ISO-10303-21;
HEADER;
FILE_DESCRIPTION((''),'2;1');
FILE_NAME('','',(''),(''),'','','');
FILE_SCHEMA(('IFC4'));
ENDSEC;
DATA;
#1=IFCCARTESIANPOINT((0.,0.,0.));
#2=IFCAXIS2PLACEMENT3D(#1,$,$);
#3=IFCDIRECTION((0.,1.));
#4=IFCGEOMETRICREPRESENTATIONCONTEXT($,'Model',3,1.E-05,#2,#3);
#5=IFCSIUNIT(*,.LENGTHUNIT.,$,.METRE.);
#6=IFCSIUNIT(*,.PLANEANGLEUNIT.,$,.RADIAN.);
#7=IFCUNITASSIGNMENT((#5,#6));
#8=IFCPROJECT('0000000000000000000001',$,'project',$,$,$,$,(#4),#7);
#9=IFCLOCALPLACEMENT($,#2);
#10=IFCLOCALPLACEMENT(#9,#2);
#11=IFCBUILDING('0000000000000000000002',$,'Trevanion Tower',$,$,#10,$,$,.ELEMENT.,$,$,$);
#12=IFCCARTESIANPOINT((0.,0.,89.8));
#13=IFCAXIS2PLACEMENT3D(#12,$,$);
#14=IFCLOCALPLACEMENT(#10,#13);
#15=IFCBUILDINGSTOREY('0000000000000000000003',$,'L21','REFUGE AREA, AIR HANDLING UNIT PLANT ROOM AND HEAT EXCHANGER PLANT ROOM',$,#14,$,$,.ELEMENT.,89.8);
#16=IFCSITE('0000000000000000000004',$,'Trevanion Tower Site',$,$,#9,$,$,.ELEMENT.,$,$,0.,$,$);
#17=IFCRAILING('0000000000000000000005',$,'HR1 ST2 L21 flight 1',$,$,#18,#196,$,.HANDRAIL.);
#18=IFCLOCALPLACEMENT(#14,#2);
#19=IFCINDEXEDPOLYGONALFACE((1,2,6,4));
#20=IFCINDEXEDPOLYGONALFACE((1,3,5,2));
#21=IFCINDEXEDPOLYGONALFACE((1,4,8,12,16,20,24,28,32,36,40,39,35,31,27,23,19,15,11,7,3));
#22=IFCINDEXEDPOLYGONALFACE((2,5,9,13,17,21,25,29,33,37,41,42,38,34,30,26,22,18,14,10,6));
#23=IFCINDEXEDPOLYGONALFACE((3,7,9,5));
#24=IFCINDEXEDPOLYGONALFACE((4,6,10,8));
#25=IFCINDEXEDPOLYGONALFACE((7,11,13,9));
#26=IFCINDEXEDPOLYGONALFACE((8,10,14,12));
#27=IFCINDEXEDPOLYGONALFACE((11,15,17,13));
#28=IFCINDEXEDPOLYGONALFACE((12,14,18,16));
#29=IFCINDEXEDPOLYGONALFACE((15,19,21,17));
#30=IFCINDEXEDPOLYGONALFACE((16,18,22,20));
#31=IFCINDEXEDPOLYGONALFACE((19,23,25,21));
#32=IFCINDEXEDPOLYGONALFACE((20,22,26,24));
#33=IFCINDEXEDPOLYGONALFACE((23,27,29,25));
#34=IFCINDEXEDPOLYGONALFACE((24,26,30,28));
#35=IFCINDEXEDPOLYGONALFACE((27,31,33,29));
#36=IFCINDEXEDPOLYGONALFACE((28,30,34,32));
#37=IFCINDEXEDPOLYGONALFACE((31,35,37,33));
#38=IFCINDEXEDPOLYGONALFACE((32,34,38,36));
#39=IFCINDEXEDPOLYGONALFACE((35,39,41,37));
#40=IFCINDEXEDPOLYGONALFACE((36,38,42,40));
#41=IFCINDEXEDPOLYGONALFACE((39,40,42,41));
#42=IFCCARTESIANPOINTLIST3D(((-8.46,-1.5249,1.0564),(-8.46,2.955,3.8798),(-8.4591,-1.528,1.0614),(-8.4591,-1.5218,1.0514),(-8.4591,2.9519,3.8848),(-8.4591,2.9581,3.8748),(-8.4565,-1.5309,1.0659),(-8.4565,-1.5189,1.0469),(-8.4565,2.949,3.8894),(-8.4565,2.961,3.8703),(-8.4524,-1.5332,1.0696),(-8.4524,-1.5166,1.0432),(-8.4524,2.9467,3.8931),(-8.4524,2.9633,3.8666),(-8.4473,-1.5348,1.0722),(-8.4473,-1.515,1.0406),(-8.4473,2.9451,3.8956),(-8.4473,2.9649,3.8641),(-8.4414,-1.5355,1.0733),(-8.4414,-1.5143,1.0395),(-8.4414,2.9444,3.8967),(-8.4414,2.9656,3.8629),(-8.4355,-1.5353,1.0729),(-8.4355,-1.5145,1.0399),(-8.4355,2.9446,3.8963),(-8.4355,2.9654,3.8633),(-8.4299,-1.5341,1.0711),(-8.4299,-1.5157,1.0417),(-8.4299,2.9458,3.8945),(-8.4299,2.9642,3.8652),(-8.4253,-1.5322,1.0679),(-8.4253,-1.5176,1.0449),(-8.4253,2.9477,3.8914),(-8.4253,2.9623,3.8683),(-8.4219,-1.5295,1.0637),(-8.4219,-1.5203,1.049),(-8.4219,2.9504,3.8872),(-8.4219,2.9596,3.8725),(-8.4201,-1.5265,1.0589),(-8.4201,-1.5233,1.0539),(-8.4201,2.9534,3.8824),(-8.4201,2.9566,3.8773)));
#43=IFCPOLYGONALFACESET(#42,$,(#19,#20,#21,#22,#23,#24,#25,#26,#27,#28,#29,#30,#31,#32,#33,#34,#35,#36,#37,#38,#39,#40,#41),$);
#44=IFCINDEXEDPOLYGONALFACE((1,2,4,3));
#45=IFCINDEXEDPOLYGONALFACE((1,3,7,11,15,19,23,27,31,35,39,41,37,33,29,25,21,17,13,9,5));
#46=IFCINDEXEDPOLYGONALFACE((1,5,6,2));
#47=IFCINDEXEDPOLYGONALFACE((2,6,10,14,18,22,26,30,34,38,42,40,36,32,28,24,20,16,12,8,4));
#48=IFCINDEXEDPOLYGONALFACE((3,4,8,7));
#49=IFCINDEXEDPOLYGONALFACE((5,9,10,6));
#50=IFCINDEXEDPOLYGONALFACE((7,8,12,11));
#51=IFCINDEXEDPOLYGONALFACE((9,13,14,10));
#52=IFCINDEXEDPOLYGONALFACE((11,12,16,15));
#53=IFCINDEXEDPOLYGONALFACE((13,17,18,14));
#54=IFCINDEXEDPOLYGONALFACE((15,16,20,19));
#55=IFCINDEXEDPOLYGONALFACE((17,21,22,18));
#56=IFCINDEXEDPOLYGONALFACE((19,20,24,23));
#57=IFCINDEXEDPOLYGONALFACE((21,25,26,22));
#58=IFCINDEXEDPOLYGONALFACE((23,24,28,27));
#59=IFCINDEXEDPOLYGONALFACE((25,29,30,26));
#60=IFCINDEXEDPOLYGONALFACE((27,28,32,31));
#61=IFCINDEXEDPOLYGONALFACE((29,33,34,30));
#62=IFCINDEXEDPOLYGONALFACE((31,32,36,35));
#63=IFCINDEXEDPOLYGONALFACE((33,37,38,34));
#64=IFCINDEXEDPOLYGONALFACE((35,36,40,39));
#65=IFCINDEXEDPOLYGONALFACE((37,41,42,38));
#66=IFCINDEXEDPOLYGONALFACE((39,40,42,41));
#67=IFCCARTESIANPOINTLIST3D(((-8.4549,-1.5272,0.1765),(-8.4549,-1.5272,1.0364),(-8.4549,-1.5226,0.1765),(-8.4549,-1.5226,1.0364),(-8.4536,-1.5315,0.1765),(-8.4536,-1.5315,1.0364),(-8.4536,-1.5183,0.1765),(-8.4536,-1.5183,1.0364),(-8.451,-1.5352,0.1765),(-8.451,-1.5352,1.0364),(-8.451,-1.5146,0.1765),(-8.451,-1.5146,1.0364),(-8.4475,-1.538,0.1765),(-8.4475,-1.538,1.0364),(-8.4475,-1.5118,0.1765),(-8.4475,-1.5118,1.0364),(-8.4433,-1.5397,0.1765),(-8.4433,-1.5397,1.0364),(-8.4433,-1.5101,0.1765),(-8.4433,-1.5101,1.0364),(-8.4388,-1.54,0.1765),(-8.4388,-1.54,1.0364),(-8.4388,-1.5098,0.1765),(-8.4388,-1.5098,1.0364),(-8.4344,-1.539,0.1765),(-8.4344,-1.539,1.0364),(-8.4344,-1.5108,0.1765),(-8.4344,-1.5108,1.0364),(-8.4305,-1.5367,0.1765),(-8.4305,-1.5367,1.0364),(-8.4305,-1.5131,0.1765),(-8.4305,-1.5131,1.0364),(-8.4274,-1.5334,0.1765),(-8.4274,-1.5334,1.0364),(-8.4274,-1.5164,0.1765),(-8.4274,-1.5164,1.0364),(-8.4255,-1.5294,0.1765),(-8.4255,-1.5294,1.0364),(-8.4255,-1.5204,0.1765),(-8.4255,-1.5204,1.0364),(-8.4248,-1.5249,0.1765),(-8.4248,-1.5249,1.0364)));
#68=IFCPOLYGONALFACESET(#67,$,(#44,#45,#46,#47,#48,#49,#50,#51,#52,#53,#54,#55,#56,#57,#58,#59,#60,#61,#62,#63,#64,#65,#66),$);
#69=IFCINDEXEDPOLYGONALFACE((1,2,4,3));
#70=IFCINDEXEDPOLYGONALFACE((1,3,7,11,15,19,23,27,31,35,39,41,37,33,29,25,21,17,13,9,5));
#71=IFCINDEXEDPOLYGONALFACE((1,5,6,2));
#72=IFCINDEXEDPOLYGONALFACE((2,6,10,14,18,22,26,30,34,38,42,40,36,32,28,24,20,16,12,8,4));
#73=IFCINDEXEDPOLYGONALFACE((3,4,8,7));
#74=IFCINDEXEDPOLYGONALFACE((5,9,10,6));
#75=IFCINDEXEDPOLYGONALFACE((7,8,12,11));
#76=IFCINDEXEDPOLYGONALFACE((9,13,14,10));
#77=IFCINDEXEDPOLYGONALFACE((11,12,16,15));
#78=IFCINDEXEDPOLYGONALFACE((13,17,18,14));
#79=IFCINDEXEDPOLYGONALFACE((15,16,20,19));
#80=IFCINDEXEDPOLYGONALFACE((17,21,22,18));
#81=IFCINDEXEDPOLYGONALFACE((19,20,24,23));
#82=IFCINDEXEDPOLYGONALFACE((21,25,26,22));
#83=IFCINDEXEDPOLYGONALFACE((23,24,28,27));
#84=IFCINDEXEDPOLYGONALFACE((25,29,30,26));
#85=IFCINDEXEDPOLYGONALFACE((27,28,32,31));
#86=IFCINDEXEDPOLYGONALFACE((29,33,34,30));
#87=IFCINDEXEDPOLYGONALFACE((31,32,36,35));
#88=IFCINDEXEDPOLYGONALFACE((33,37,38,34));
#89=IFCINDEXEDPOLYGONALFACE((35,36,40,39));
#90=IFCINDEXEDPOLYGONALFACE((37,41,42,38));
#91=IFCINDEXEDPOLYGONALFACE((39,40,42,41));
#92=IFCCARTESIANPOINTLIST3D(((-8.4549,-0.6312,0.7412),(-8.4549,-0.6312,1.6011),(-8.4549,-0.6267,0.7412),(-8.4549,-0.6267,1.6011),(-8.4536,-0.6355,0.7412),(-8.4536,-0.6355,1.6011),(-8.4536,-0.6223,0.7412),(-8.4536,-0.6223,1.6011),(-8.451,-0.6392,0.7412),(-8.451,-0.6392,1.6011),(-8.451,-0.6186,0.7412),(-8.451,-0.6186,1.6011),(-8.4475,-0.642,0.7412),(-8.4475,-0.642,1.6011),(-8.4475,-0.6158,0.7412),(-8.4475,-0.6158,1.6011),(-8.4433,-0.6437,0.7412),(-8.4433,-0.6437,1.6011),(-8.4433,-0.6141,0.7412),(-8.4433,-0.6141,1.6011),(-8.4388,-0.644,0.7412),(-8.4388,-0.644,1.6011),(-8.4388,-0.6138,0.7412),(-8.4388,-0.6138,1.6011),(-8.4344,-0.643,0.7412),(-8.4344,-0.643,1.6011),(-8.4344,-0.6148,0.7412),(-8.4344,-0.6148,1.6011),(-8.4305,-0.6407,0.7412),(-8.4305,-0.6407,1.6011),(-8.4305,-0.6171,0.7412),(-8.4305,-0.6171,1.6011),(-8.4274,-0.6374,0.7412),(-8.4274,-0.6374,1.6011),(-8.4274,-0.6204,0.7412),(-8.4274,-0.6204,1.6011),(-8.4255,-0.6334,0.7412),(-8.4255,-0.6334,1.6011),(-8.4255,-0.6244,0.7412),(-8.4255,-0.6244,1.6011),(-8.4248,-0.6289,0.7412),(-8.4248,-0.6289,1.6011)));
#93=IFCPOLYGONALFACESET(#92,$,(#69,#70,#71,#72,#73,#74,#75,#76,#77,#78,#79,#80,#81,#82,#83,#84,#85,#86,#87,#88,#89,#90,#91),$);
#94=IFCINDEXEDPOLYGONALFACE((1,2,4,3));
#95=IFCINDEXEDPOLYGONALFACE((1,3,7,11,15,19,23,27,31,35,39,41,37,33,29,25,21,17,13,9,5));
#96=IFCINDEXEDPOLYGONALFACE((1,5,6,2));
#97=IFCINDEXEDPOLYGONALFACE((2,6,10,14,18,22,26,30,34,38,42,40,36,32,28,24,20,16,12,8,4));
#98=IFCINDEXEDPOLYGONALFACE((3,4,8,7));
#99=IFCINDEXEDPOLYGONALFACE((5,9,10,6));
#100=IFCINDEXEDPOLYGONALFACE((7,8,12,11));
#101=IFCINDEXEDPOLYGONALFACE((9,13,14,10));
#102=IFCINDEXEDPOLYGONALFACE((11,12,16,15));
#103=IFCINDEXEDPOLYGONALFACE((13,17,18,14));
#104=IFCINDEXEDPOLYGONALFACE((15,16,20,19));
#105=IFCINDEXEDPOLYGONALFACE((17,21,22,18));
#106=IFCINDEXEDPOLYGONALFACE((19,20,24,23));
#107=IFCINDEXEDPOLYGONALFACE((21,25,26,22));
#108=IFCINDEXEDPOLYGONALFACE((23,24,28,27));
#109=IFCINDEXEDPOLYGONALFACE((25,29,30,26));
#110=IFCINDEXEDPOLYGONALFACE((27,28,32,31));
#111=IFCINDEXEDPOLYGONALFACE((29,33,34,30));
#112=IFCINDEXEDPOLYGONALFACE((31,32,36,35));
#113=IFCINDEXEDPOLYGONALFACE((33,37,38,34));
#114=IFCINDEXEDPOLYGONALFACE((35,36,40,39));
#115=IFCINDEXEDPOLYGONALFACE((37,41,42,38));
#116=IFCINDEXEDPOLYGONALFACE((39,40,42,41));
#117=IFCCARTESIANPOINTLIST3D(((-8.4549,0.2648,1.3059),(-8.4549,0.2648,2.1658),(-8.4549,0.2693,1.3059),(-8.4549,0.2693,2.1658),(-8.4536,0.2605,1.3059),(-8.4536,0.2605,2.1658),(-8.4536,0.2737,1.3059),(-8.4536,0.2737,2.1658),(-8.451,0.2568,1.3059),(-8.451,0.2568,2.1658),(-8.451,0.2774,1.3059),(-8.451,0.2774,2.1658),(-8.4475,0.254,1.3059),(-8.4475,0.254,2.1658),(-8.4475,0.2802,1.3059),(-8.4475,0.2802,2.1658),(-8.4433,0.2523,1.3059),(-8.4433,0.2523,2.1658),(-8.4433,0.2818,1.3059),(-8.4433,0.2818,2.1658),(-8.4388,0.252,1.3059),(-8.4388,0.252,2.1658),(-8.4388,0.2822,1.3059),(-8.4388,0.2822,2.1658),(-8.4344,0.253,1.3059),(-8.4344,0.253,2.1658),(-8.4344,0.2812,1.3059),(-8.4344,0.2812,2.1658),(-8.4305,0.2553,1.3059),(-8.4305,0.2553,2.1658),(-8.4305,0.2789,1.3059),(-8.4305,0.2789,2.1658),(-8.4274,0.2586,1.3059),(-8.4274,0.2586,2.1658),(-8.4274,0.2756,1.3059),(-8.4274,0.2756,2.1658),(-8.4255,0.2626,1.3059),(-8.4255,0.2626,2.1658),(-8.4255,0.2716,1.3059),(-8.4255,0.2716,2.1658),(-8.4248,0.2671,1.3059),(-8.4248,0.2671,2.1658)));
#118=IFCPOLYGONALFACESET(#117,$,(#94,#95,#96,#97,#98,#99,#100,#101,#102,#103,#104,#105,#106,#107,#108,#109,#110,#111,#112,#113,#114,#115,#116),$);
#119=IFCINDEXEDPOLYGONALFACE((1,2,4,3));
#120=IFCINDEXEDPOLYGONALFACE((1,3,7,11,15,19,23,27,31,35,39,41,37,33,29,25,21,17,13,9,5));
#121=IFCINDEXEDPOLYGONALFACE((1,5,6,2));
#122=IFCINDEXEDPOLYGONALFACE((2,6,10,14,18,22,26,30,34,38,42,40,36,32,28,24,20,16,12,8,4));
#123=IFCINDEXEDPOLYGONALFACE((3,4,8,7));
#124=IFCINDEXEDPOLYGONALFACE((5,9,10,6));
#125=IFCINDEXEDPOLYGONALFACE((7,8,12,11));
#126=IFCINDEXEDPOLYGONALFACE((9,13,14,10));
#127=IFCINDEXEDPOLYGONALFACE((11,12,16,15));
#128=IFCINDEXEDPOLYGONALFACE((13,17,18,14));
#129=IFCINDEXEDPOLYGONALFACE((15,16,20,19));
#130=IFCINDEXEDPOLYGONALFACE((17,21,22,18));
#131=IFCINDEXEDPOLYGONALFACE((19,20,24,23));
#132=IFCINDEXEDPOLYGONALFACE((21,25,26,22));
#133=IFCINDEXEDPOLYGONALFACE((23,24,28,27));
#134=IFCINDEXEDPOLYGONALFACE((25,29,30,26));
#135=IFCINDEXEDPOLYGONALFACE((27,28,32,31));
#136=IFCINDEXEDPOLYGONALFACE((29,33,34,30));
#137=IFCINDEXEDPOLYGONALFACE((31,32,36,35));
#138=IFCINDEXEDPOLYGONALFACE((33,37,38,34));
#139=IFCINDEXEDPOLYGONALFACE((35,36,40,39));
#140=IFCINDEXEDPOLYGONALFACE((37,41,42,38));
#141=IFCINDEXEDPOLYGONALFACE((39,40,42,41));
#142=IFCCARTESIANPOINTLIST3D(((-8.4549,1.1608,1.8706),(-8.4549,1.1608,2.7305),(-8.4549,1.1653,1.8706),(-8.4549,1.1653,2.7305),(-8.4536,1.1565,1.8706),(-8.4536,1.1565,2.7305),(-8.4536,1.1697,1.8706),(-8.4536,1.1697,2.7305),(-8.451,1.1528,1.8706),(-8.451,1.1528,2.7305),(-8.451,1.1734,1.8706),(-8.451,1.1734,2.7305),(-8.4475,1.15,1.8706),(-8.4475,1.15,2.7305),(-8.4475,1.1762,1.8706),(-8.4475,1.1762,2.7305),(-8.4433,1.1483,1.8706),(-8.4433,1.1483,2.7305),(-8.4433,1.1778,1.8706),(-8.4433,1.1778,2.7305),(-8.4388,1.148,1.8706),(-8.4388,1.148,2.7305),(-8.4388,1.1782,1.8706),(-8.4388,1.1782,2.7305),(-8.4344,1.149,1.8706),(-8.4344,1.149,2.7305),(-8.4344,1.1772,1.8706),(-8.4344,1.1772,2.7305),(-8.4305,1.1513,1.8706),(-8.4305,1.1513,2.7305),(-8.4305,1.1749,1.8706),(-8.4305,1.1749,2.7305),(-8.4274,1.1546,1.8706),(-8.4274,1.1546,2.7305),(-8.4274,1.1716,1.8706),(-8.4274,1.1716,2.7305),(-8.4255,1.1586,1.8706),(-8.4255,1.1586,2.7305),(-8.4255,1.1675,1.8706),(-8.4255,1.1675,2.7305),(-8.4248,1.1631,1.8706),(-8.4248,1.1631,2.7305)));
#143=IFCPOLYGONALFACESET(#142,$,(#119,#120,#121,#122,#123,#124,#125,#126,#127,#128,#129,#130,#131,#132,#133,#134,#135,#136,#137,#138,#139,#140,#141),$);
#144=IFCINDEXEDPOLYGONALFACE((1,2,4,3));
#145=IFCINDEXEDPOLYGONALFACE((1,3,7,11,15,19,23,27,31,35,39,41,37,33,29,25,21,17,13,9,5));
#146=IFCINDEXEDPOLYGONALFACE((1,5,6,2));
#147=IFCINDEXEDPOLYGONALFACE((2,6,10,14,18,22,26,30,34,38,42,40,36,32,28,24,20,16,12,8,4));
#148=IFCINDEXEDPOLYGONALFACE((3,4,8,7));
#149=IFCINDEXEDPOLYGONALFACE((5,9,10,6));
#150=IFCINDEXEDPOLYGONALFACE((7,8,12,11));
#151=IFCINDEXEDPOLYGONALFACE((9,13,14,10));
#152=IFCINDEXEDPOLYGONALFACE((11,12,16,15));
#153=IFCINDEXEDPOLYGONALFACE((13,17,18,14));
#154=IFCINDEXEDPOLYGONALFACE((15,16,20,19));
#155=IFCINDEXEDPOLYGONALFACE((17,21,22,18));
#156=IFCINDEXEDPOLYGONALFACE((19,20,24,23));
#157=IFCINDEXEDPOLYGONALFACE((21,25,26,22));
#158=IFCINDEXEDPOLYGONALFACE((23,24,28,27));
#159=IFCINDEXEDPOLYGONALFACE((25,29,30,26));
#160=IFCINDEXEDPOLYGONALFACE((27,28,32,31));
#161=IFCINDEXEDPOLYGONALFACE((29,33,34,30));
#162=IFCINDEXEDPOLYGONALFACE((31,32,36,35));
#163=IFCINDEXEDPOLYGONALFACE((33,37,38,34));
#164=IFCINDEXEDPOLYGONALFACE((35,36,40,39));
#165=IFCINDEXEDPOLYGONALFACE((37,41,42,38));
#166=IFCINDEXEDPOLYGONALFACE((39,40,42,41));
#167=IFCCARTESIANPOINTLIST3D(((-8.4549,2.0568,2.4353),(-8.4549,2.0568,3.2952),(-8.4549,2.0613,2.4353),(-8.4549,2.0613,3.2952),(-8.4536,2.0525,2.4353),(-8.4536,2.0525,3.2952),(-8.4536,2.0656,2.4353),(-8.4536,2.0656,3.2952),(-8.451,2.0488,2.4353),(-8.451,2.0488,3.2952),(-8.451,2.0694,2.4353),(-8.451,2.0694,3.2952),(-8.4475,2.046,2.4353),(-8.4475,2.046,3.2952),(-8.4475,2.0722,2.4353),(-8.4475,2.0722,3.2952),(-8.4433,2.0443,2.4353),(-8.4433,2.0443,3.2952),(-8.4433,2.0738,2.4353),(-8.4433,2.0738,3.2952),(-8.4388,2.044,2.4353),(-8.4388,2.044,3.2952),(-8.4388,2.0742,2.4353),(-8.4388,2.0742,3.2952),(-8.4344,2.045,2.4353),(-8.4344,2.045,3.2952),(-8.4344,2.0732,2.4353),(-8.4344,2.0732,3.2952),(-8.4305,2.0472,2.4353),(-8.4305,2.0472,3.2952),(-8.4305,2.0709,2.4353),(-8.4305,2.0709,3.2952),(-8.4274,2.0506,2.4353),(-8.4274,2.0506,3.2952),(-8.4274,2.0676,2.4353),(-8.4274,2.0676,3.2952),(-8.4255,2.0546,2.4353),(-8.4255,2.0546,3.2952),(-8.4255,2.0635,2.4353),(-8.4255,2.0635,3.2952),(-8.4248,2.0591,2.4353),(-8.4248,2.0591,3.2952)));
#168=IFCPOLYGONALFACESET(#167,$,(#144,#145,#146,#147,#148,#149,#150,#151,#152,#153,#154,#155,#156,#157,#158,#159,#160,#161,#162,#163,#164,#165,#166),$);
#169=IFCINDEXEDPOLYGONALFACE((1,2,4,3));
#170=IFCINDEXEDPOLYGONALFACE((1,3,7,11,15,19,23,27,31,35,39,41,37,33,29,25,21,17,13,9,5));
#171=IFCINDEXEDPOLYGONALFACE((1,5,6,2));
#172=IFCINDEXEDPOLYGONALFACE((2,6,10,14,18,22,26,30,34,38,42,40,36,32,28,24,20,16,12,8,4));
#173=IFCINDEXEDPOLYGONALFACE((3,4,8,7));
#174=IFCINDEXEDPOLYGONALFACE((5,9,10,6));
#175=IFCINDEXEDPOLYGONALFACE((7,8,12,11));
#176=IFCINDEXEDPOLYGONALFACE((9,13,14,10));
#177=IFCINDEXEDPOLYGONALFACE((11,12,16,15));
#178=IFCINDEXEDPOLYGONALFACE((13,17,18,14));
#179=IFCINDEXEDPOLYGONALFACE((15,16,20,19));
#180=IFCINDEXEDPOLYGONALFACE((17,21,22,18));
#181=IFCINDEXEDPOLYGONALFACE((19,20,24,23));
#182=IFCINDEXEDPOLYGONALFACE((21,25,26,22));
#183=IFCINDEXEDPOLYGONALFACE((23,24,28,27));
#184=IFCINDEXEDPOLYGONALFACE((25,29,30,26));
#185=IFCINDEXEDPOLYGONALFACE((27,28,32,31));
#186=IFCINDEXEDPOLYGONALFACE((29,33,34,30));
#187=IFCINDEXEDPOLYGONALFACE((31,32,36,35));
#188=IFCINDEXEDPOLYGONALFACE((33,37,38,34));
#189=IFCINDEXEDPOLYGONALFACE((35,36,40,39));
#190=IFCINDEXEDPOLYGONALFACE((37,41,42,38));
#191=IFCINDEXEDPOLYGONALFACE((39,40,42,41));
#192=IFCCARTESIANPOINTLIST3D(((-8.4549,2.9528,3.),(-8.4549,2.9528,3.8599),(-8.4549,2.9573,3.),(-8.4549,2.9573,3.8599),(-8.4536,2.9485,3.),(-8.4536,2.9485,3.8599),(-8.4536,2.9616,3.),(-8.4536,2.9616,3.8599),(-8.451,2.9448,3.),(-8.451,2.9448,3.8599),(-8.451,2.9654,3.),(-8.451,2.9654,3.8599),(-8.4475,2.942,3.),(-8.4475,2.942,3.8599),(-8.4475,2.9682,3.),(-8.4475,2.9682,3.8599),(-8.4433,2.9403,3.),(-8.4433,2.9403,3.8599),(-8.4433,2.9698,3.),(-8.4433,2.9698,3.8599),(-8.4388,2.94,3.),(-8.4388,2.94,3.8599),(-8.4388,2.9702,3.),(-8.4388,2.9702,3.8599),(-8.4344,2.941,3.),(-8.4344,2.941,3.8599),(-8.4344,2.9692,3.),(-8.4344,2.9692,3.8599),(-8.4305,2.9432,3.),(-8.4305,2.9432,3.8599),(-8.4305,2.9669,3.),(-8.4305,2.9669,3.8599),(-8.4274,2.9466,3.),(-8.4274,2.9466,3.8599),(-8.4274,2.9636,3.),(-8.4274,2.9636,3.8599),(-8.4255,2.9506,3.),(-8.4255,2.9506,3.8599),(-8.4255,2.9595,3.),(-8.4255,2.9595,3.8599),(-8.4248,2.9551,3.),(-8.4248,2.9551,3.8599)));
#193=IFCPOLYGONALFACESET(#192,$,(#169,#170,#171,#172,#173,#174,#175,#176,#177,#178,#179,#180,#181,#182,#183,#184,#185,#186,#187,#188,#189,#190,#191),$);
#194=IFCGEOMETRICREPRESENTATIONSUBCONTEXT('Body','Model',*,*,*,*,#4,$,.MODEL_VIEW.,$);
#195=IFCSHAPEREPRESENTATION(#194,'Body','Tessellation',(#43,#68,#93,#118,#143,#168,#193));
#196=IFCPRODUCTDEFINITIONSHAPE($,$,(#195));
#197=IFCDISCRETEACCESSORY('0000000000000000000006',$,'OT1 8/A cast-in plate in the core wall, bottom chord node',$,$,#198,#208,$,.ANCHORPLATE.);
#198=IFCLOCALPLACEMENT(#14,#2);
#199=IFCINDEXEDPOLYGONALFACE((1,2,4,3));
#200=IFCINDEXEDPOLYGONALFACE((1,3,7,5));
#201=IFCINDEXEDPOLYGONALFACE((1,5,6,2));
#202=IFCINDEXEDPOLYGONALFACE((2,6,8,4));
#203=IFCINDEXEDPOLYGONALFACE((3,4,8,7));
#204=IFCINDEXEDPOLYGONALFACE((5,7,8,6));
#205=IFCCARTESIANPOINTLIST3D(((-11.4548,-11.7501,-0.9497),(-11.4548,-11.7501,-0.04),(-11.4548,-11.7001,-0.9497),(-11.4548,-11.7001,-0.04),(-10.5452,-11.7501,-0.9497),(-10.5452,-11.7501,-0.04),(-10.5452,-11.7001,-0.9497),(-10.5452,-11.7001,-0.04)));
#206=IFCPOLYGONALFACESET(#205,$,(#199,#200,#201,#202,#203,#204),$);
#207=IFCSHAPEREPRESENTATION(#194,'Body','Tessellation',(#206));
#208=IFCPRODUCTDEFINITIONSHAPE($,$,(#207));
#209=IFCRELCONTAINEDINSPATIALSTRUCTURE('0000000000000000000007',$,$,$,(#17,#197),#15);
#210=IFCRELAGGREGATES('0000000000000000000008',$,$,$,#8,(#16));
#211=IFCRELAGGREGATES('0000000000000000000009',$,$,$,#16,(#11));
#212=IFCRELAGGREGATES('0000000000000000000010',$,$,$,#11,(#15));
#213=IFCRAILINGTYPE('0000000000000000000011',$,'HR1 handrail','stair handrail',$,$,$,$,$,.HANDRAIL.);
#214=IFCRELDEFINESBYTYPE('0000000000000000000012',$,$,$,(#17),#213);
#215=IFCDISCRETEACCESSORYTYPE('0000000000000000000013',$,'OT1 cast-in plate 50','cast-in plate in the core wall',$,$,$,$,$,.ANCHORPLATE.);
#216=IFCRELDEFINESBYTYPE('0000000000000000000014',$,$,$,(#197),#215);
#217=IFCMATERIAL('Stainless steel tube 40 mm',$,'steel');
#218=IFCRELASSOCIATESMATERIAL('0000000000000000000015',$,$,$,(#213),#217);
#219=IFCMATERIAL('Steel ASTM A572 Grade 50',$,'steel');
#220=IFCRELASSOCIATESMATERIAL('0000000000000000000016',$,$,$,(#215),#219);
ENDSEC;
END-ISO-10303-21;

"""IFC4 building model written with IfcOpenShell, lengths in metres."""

from ifc_helpers import new_model, si_unit, direction, frame, origin, origin_2d, place, context, subcontext, project, spatial, rectangle, circle, extrude, material, type_object, element, save


model = new_model("IFC4")

# Units and contexts
model_context = context("Model", 3, precision=1e-05, world=origin(), true_north=direction((0.0, 1.0)))
body_context = subcontext(model_context, "Body", "Model", "MODEL_VIEW")
ifc_project = project(units=[si_unit("LENGTHUNIT", "METRE"), si_unit("PLANEANGLEUNIT", "RADIAN")], contexts=[model_context])

# Site, building, storey
site_placement = place(None, origin())
site = spatial("IfcSite", under=ifc_project, at=site_placement, Name="Trevanion Tower Site", CompositionType="ELEMENT", RefElevation=0.0)
building_placement = place(site_placement, origin())
building = spatial("IfcBuilding", under=site, at=building_placement, Name="Trevanion Tower", CompositionType="ELEMENT")
storey_placement = place(building_placement, frame((0.0, 0.0, 89.8)))
storey = spatial("IfcBuildingStorey", under=building, at=storey_placement, Name="L21", Description="REFUGE AREA, AIR HANDLING UNIT PLANT ROOM AND HEAT EXCHANGER PLANT ROOM", CompositionType="ELEMENT", Elevation=89.8)

# Railing
ifc_material_1 = material(Name="Stainless steel tube 40 mm", Category="steel")
railing_type = type_object("IfcRailingType", Name="HR1 handrail", Description="stair handrail", PredefinedType="HANDRAIL", material=ifc_material_1)
railing_placement = place(storey_placement, frame((-8.4399, -1.5249, 0.1765)))
element("IfcRailing", 1, at=railing_placement, inside=storey, type_object=railing_type, Name="HR1 ST2 L21 flight 1", PredefinedType="HANDRAIL", context=body_context, shape_type="SweptSolid", body=[
    extrude(circle(Radius=0.02, at=origin_2d()), frame((0.0, 0.0, 0.8799), z_axis=(0.0, 0.845998, 0.533186), x_axis=(-1.0, 0.0, 0.0)), (0.0, 0.0, 1.0), 5.2954),
    extrude(circle(Radius=0.0151, at=origin_2d()), origin(), (0.0, 0.0, 1.0), 0.8599),
    extrude(circle(Radius=0.0151, at=origin_2d()), frame((0.0, 0.896, 0.5647)), (0.0, 0.0, 1.0), 0.8599),
    extrude(circle(Radius=0.0151, at=origin_2d()), frame((0.0, 1.792, 1.1294)), (0.0, 0.0, 1.0), 0.8599),
    extrude(circle(Radius=0.0151, at=origin_2d()), frame((0.0, 2.688, 1.6941)), (0.0, 0.0, 1.0), 0.8599),
    extrude(circle(Radius=0.0151, at=origin_2d()), frame((0.0, 3.584, 2.2588)), (0.0, 0.0, 1.0), 0.8599),
    extrude(circle(Radius=0.0151, at=origin_2d()), frame((0.0, 4.48, 2.8235)), (0.0, 0.0, 1.0), 0.8599),
])

# Discrete accessory
ifc_material_2 = material(Name="Steel ASTM A572 Grade 50", Category="steel")
discrete_accessory_type = type_object("IfcDiscreteAccessoryType", Name="OT1 cast-in plate 50", Description="cast-in plate in the core wall", PredefinedType="ANCHORPLATE", material=ifc_material_2)
for number, where, z_axis, x_axis, name in (
    (2, (-11.0, -11.7251, -0.9497), (0.0, 0.0, 1.0), (0.0, -1.0, 0.0), "OT1 8/A cast-in plate in the core wall, bottom chord node"),
):
    element("IfcDiscreteAccessory", number, at=place(storey_placement, frame(where, z_axis=z_axis, x_axis=x_axis)), inside=storey, type_object=discrete_accessory_type, Name=name, PredefinedType="ANCHORPLATE", context=body_context, shape_type="SweptSolid", body=[
        extrude(rectangle(XDim=0.05, YDim=0.9097, at=origin_2d()), origin(), (0.0, 0.0, 1.0), 0.9097),
    ])

save(model, "model.ifc")
